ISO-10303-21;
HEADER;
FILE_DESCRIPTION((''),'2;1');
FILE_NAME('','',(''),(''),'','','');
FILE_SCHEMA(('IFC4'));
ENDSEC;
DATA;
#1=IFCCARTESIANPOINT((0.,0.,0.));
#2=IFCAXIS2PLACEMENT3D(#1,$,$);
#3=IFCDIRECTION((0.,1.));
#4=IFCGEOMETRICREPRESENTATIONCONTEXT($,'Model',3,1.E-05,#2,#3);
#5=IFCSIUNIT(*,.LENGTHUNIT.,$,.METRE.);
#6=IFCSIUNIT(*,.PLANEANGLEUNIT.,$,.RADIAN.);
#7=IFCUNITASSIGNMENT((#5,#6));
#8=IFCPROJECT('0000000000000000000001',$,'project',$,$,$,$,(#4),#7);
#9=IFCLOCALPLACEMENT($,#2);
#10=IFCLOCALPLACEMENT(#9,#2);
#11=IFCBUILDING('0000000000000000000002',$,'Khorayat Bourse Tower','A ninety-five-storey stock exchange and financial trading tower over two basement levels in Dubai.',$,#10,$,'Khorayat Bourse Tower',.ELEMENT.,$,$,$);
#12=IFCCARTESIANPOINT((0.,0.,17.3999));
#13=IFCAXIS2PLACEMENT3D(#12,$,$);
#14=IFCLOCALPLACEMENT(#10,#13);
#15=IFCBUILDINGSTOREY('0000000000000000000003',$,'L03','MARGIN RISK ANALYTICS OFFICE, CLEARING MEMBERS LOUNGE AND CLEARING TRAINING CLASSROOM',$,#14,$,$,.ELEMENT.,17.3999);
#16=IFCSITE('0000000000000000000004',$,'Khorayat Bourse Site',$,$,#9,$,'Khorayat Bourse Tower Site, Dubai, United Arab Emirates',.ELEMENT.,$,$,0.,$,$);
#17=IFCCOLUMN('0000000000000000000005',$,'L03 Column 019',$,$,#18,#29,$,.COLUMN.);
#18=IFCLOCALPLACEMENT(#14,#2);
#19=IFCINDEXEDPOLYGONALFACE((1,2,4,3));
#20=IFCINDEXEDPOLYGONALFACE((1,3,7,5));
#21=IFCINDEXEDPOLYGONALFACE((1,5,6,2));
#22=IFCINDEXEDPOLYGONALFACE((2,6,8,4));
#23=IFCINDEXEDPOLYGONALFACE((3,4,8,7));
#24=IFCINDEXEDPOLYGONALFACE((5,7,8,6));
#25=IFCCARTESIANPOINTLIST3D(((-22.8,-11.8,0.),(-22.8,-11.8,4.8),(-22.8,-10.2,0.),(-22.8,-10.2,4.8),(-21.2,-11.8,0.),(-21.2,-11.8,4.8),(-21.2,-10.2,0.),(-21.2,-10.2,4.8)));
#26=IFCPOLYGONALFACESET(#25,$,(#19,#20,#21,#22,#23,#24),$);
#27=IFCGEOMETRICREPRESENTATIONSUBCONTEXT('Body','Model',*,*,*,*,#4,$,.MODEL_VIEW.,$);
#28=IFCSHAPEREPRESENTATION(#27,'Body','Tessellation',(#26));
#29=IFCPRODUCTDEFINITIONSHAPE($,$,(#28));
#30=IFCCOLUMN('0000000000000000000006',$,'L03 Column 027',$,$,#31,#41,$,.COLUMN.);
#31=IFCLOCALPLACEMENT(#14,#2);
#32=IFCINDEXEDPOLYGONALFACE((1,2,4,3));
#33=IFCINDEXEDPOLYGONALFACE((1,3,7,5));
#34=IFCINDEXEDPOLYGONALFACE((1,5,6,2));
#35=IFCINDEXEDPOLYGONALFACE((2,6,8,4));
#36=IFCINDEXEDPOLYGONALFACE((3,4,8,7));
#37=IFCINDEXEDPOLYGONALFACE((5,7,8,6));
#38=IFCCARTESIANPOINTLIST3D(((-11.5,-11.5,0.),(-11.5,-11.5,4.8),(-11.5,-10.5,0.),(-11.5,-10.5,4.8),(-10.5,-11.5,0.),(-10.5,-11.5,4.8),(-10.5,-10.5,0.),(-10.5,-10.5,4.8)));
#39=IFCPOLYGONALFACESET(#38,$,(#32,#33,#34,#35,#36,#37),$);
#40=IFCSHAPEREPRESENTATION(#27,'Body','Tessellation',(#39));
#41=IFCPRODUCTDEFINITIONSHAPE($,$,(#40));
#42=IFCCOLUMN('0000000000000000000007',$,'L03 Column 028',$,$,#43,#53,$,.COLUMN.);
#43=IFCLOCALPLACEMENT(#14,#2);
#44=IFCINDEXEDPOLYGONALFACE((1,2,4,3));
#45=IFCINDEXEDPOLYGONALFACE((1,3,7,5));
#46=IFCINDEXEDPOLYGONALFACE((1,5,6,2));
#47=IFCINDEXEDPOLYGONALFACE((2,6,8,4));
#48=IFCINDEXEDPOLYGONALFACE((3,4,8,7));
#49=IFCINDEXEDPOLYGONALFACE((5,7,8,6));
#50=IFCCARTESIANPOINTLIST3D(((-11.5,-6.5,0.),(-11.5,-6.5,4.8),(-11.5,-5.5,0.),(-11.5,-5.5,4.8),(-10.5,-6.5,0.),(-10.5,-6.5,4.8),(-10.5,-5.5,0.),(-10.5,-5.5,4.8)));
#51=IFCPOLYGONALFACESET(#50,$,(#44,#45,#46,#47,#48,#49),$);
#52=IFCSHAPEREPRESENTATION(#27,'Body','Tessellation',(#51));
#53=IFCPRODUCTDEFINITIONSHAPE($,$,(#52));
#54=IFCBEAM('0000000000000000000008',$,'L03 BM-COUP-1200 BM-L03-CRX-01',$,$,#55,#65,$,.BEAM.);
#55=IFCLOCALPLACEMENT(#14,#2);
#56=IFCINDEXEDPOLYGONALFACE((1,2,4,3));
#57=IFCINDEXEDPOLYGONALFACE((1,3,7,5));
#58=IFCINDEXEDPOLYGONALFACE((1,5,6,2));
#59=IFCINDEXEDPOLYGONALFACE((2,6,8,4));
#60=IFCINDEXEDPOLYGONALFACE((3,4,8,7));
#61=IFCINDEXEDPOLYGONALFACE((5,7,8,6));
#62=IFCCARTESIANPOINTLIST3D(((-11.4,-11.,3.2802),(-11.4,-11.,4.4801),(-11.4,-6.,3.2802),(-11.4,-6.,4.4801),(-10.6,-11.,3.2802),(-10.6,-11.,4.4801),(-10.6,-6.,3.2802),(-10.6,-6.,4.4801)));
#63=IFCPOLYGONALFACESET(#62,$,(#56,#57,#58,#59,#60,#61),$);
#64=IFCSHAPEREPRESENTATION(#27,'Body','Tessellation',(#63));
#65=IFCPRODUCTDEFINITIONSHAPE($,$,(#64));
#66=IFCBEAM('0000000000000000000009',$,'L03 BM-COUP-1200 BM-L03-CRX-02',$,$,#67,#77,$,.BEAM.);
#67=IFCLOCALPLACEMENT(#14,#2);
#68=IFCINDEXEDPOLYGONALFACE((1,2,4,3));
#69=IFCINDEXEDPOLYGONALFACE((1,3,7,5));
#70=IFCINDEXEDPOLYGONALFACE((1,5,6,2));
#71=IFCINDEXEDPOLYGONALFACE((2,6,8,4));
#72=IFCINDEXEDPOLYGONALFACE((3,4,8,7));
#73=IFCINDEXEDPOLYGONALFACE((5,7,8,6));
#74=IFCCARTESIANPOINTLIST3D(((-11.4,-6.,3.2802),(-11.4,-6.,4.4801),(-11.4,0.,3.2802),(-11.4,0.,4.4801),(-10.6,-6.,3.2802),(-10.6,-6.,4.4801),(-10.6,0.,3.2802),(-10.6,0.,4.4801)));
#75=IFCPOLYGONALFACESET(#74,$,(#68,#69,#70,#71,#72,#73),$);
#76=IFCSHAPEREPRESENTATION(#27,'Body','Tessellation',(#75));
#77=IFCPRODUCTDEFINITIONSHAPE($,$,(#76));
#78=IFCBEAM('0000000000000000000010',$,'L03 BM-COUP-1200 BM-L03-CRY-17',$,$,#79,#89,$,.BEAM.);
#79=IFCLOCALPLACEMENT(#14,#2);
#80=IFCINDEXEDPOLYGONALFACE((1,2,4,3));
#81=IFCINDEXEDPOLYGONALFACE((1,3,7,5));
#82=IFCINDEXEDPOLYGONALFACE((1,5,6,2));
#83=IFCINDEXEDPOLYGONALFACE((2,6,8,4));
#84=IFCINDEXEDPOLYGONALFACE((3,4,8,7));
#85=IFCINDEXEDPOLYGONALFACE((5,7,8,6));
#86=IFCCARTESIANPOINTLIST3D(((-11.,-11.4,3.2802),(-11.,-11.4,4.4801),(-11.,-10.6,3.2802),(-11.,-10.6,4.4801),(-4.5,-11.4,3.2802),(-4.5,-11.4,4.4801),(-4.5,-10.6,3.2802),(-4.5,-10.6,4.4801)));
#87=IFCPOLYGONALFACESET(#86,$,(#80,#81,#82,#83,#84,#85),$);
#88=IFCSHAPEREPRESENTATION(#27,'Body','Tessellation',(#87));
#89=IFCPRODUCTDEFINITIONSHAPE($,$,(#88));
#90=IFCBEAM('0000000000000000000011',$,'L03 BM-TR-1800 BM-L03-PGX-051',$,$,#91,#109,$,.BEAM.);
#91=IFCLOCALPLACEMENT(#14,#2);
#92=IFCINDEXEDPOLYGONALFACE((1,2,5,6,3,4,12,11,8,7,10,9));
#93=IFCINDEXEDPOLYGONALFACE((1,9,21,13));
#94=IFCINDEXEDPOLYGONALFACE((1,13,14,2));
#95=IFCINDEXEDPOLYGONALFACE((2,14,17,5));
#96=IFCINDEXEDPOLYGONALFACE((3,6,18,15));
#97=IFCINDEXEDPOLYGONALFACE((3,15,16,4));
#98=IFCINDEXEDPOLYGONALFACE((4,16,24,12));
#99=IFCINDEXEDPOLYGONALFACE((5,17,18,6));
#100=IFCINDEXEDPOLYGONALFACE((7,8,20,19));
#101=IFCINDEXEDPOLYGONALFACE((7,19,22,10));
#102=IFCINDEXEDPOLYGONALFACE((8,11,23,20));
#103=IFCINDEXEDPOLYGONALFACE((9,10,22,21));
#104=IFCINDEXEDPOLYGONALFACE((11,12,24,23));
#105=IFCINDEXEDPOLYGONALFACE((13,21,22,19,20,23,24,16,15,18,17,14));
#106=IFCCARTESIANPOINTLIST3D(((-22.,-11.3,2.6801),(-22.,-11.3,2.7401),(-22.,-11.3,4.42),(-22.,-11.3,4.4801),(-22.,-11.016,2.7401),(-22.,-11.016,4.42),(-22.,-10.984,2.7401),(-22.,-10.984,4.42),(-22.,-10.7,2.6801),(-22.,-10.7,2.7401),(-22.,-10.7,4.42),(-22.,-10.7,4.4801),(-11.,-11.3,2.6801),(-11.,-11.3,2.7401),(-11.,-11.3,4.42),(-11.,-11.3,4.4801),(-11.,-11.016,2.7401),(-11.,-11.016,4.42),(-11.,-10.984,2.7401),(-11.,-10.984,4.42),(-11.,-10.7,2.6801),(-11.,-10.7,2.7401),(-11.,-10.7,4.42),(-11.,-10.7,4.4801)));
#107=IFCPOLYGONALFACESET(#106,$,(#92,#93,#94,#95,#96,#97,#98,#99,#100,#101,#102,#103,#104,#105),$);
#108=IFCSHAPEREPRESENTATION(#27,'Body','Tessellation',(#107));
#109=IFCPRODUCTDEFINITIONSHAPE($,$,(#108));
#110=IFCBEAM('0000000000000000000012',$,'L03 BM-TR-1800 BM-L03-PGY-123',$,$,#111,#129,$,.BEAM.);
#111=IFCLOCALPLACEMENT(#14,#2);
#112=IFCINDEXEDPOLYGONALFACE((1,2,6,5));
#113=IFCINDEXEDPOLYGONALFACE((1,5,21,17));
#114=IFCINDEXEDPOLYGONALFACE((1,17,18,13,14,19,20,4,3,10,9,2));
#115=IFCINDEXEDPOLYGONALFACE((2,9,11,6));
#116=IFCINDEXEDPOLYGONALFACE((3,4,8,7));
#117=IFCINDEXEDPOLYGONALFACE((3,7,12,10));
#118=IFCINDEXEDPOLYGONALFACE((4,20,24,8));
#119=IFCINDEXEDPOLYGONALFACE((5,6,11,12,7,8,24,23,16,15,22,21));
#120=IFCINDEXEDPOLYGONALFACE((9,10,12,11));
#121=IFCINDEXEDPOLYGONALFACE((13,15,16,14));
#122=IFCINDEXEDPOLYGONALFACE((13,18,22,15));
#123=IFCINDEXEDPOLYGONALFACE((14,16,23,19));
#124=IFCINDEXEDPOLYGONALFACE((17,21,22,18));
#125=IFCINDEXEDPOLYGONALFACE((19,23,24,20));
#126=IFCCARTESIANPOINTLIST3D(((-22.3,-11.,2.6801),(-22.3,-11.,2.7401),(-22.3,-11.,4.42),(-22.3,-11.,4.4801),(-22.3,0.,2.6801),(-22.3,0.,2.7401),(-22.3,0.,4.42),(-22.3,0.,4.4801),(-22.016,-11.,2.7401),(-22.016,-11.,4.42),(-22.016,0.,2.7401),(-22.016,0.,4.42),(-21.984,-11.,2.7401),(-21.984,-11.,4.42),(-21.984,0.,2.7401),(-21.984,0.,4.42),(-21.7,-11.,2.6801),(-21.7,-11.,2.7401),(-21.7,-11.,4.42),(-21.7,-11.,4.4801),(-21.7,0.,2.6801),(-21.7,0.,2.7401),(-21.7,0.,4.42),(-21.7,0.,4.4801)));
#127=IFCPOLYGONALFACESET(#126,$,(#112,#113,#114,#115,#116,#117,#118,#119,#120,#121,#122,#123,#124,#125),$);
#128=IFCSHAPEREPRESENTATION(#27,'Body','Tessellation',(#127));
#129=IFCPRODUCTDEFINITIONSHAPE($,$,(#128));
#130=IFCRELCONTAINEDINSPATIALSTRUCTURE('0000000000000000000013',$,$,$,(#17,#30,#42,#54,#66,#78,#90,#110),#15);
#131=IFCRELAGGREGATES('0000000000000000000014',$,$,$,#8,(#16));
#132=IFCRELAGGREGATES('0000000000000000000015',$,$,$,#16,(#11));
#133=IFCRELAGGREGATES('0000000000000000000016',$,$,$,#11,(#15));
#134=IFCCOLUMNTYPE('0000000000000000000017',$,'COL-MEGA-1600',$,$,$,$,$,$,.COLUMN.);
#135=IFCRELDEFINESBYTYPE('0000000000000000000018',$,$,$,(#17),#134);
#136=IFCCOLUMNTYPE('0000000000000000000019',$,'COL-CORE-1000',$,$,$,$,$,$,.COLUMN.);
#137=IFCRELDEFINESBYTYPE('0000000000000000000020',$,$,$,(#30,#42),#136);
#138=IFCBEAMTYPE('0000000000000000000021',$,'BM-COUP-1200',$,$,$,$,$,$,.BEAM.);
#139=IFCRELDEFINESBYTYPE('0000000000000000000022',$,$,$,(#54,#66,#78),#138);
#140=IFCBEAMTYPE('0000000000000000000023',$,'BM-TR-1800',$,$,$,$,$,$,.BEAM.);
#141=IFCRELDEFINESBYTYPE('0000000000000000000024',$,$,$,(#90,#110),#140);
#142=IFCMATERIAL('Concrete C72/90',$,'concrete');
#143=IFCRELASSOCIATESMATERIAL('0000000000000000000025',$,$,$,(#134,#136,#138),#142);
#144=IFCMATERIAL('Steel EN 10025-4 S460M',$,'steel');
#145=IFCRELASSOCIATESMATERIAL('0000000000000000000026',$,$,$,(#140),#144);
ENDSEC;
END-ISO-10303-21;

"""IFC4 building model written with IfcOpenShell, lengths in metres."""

from ifc_helpers import new_model, si_unit, direction, frame, origin, origin_2d, place, context, subcontext, project, spatial, rectangle, i_section, extrude, source, transform, mapped, material, material_profile, profile_set, type_object, element, save


model = new_model("IFC4")

# Units and contexts
model_context = context("Model", 3, precision=1e-05, world=origin(), true_north=direction((0.0, 1.0)))
body_context = subcontext(model_context, "Body", "Model", "MODEL_VIEW")
ifc_project = project(units=[si_unit("LENGTHUNIT", "METRE"), si_unit("PLANEANGLEUNIT", "RADIAN")], contexts=[model_context])

# Site, building, storey
site_placement = place(None, origin())
site = spatial("IfcSite", under=ifc_project, at=site_placement, Name="Khorayat Bourse Site", LongName="Khorayat Bourse Tower Site, Dubai, United Arab Emirates", CompositionType="ELEMENT", RefElevation=0.0)
building_placement = place(site_placement, origin())
building = spatial("IfcBuilding", under=site, at=building_placement, Name="Khorayat Bourse Tower", Description="A ninety-five-storey stock exchange and financial trading tower over two basement levels in Dubai.", LongName="Khorayat Bourse Tower", CompositionType="ELEMENT")
storey_placement = place(building_placement, frame((0.0, 0.0, 17.3999)))
storey = spatial("IfcBuildingStorey", under=building, at=storey_placement, Name="L03", Description="MARGIN RISK ANALYTICS OFFICE, CLEARING MEMBERS LOUNGE AND CLEARING TRAINING CLASSROOM", CompositionType="ELEMENT", Elevation=17.3999)

# Columns
ifc_material_1 = material(Name="Concrete C72/90", Category="concrete")
ifc_material_profile_1 = material_profile(ifc_material_1, rectangle(XDim=1.6001, YDim=1.6001, at=origin_2d()), Name="RC 1600x1600")
ifc_profile_set_1 = profile_set([ifc_material_profile_1], Name="Concrete C72/90")
column_type_1 = type_object("IfcColumnType", Name="COL-MEGA-1600", PredefinedType="COLUMN", material=ifc_profile_set_1)
shared_shape_1 = source(origin(), body_context, "Body", "SweptSolid", [
    extrude(rectangle(XDim=1.6001, YDim=1.6001, at=origin_2d()), origin(), (0.0, 0.0, 1.0), 4.8),
])
column_placement = place(storey_placement, frame((-22.0, -11.0, 0.0), z_axis=(0.0, 0.0, 1.0), x_axis=(1.0, 0.0, 0.0)))
element("IfcColumn", 1, at=column_placement, inside=storey, type_object=column_type_1, Name="L03 Column 019", PredefinedType="COLUMN", context=body_context, shape_type="MappedRepresentation", body=[
    mapped(shared_shape_1, transform((0.0, 0.0, 0.0), scale=1.0)),
])
ifc_material_profile_2 = material_profile(ifc_material_1, rectangle(XDim=1.0, YDim=1.0, at=origin_2d()), Name="RC 1000x1000")
ifc_profile_set_2 = profile_set([ifc_material_profile_2], Name="Concrete C72/90")
column_type_2 = type_object("IfcColumnType", Name="COL-CORE-1000", PredefinedType="COLUMN", material=ifc_profile_set_2)
shared_shape_2 = source(origin(), body_context, "Body", "SweptSolid", [
    extrude(rectangle(XDim=1.0, YDim=1.0, at=origin_2d()), origin(), (0.0, 0.0, 1.0), 4.8),
])
for number, where, z_axis, x_axis, name in (
    (2, (-11.0, -11.0, 0.0), (0.0, 0.0, 1.0), (1.0, 0.0, 0.0), "L03 Column 027"),
    (3, (-11.0, -6.0, 0.0), (0.0, 0.0, 1.0), (1.0, 0.0, 0.0), "L03 Column 028"),
):
    element("IfcColumn", number, at=place(storey_placement, frame(where, z_axis=z_axis, x_axis=x_axis)), inside=storey, type_object=column_type_2, Name=name, PredefinedType="COLUMN", context=body_context, shape_type="MappedRepresentation", body=[
        mapped(shared_shape_2, transform((0.0, 0.0, 0.0), scale=1.0)),
    ])

# Beams
ifc_material_profile_3 = material_profile(ifc_material_1, rectangle(XDim=0.8, YDim=1.2, at=origin_2d()), Name="RC 800x1200")
ifc_profile_set_3 = profile_set([ifc_material_profile_3], Name="Concrete C72/90")
beam_type_1 = type_object("IfcBeamType", Name="BM-COUP-1200", PredefinedType="BEAM", material=ifc_profile_set_3)
shared_shape_3 = source(origin(), body_context, "Body", "SweptSolid", [
    extrude(rectangle(XDim=0.8, YDim=1.2, at=origin_2d()), origin(), (0.0, 0.0, 1.0), 5.0),
])
beam_1_placement = place(storey_placement, frame((-11.0, -11.0, 3.8801), z_axis=(0.0, 1.0, 0.0), x_axis=(-1.0, 0.0, 0.0)))
element("IfcBeam", 4, at=beam_1_placement, inside=storey, type_object=beam_type_1, Name="L03 BM-COUP-1200 BM-L03-CRX-01", PredefinedType="BEAM", context=body_context, shape_type="MappedRepresentation", body=[
    mapped(shared_shape_3, transform((0.0, 0.0, 0.0), scale=1.0)),
])
shared_shape_4 = source(origin(), body_context, "Body", "SweptSolid", [
    extrude(rectangle(XDim=0.8, YDim=1.2, at=origin_2d()), origin(), (0.0, 0.0, 1.0), 6.0),
])
beam_2_placement = place(storey_placement, frame((-11.0, -6.0, 3.8801), z_axis=(0.0, 1.0, 0.0), x_axis=(-1.0, 0.0, 0.0)))
element("IfcBeam", 5, at=beam_2_placement, inside=storey, type_object=beam_type_1, Name="L03 BM-COUP-1200 BM-L03-CRX-02", PredefinedType="BEAM", context=body_context, shape_type="MappedRepresentation", body=[
    mapped(shared_shape_4, transform((0.0, 0.0, 0.0), scale=1.0)),
])
shared_shape_5 = source(origin(), body_context, "Body", "SweptSolid", [
    extrude(rectangle(XDim=0.8, YDim=1.2, at=origin_2d()), origin(), (0.0, 0.0, 1.0), 6.5),
])
beam_3_placement = place(storey_placement, frame((-11.0, -11.0, 3.8801), z_axis=(1.0, 0.0, 0.0), x_axis=(0.0, 1.0, 0.0)))
element("IfcBeam", 6, at=beam_3_placement, inside=storey, type_object=beam_type_1, Name="L03 BM-COUP-1200 BM-L03-CRY-17", PredefinedType="BEAM", context=body_context, shape_type="MappedRepresentation", body=[
    mapped(shared_shape_5, transform((0.0, 0.0, 0.0), scale=1.0)),
])
ifc_material_2 = material(Name="Steel EN 10025-4 S460M", Category="steel")
ifc_material_profile_4 = material_profile(ifc_material_2, i_section(OverallWidth=0.6001, OverallDepth=1.8, WebThickness=0.032, FlangeThickness=0.0601, at=origin_2d()), Name="PG 1800x600x32x60")
ifc_profile_set_4 = profile_set([ifc_material_profile_4], Name="Steel EN 10025-4 S460M")
beam_type_2 = type_object("IfcBeamType", Name="BM-TR-1800", PredefinedType="BEAM", material=ifc_profile_set_4)
shared_shape_6 = source(origin(), body_context, "Body", "SweptSolid", [
    extrude(i_section(OverallWidth=0.6001, OverallDepth=1.8, WebThickness=0.032, FlangeThickness=0.0601, at=origin_2d()), origin(), (0.0, 0.0, 1.0), 11.0),
])
for number, where, z_axis, x_axis, name in (
    (7, (-22.0, -11.0, 3.5801), (1.0, 0.0, 0.0), (0.0, 1.0, 0.0), "L03 BM-TR-1800 BM-L03-PGX-051"),
    (8, (-22.0, -11.0, 3.5801), (0.0, 1.0, 0.0), (-1.0, 0.0, 0.0), "L03 BM-TR-1800 BM-L03-PGY-123"),
):
    element("IfcBeam", number, at=place(storey_placement, frame(where, z_axis=z_axis, x_axis=x_axis)), inside=storey, type_object=beam_type_2, Name=name, PredefinedType="BEAM", context=body_context, shape_type="MappedRepresentation", body=[
        mapped(shared_shape_6, transform((0.0, 0.0, 0.0), scale=1.0)),
    ])

save(model, "model.ifc")
